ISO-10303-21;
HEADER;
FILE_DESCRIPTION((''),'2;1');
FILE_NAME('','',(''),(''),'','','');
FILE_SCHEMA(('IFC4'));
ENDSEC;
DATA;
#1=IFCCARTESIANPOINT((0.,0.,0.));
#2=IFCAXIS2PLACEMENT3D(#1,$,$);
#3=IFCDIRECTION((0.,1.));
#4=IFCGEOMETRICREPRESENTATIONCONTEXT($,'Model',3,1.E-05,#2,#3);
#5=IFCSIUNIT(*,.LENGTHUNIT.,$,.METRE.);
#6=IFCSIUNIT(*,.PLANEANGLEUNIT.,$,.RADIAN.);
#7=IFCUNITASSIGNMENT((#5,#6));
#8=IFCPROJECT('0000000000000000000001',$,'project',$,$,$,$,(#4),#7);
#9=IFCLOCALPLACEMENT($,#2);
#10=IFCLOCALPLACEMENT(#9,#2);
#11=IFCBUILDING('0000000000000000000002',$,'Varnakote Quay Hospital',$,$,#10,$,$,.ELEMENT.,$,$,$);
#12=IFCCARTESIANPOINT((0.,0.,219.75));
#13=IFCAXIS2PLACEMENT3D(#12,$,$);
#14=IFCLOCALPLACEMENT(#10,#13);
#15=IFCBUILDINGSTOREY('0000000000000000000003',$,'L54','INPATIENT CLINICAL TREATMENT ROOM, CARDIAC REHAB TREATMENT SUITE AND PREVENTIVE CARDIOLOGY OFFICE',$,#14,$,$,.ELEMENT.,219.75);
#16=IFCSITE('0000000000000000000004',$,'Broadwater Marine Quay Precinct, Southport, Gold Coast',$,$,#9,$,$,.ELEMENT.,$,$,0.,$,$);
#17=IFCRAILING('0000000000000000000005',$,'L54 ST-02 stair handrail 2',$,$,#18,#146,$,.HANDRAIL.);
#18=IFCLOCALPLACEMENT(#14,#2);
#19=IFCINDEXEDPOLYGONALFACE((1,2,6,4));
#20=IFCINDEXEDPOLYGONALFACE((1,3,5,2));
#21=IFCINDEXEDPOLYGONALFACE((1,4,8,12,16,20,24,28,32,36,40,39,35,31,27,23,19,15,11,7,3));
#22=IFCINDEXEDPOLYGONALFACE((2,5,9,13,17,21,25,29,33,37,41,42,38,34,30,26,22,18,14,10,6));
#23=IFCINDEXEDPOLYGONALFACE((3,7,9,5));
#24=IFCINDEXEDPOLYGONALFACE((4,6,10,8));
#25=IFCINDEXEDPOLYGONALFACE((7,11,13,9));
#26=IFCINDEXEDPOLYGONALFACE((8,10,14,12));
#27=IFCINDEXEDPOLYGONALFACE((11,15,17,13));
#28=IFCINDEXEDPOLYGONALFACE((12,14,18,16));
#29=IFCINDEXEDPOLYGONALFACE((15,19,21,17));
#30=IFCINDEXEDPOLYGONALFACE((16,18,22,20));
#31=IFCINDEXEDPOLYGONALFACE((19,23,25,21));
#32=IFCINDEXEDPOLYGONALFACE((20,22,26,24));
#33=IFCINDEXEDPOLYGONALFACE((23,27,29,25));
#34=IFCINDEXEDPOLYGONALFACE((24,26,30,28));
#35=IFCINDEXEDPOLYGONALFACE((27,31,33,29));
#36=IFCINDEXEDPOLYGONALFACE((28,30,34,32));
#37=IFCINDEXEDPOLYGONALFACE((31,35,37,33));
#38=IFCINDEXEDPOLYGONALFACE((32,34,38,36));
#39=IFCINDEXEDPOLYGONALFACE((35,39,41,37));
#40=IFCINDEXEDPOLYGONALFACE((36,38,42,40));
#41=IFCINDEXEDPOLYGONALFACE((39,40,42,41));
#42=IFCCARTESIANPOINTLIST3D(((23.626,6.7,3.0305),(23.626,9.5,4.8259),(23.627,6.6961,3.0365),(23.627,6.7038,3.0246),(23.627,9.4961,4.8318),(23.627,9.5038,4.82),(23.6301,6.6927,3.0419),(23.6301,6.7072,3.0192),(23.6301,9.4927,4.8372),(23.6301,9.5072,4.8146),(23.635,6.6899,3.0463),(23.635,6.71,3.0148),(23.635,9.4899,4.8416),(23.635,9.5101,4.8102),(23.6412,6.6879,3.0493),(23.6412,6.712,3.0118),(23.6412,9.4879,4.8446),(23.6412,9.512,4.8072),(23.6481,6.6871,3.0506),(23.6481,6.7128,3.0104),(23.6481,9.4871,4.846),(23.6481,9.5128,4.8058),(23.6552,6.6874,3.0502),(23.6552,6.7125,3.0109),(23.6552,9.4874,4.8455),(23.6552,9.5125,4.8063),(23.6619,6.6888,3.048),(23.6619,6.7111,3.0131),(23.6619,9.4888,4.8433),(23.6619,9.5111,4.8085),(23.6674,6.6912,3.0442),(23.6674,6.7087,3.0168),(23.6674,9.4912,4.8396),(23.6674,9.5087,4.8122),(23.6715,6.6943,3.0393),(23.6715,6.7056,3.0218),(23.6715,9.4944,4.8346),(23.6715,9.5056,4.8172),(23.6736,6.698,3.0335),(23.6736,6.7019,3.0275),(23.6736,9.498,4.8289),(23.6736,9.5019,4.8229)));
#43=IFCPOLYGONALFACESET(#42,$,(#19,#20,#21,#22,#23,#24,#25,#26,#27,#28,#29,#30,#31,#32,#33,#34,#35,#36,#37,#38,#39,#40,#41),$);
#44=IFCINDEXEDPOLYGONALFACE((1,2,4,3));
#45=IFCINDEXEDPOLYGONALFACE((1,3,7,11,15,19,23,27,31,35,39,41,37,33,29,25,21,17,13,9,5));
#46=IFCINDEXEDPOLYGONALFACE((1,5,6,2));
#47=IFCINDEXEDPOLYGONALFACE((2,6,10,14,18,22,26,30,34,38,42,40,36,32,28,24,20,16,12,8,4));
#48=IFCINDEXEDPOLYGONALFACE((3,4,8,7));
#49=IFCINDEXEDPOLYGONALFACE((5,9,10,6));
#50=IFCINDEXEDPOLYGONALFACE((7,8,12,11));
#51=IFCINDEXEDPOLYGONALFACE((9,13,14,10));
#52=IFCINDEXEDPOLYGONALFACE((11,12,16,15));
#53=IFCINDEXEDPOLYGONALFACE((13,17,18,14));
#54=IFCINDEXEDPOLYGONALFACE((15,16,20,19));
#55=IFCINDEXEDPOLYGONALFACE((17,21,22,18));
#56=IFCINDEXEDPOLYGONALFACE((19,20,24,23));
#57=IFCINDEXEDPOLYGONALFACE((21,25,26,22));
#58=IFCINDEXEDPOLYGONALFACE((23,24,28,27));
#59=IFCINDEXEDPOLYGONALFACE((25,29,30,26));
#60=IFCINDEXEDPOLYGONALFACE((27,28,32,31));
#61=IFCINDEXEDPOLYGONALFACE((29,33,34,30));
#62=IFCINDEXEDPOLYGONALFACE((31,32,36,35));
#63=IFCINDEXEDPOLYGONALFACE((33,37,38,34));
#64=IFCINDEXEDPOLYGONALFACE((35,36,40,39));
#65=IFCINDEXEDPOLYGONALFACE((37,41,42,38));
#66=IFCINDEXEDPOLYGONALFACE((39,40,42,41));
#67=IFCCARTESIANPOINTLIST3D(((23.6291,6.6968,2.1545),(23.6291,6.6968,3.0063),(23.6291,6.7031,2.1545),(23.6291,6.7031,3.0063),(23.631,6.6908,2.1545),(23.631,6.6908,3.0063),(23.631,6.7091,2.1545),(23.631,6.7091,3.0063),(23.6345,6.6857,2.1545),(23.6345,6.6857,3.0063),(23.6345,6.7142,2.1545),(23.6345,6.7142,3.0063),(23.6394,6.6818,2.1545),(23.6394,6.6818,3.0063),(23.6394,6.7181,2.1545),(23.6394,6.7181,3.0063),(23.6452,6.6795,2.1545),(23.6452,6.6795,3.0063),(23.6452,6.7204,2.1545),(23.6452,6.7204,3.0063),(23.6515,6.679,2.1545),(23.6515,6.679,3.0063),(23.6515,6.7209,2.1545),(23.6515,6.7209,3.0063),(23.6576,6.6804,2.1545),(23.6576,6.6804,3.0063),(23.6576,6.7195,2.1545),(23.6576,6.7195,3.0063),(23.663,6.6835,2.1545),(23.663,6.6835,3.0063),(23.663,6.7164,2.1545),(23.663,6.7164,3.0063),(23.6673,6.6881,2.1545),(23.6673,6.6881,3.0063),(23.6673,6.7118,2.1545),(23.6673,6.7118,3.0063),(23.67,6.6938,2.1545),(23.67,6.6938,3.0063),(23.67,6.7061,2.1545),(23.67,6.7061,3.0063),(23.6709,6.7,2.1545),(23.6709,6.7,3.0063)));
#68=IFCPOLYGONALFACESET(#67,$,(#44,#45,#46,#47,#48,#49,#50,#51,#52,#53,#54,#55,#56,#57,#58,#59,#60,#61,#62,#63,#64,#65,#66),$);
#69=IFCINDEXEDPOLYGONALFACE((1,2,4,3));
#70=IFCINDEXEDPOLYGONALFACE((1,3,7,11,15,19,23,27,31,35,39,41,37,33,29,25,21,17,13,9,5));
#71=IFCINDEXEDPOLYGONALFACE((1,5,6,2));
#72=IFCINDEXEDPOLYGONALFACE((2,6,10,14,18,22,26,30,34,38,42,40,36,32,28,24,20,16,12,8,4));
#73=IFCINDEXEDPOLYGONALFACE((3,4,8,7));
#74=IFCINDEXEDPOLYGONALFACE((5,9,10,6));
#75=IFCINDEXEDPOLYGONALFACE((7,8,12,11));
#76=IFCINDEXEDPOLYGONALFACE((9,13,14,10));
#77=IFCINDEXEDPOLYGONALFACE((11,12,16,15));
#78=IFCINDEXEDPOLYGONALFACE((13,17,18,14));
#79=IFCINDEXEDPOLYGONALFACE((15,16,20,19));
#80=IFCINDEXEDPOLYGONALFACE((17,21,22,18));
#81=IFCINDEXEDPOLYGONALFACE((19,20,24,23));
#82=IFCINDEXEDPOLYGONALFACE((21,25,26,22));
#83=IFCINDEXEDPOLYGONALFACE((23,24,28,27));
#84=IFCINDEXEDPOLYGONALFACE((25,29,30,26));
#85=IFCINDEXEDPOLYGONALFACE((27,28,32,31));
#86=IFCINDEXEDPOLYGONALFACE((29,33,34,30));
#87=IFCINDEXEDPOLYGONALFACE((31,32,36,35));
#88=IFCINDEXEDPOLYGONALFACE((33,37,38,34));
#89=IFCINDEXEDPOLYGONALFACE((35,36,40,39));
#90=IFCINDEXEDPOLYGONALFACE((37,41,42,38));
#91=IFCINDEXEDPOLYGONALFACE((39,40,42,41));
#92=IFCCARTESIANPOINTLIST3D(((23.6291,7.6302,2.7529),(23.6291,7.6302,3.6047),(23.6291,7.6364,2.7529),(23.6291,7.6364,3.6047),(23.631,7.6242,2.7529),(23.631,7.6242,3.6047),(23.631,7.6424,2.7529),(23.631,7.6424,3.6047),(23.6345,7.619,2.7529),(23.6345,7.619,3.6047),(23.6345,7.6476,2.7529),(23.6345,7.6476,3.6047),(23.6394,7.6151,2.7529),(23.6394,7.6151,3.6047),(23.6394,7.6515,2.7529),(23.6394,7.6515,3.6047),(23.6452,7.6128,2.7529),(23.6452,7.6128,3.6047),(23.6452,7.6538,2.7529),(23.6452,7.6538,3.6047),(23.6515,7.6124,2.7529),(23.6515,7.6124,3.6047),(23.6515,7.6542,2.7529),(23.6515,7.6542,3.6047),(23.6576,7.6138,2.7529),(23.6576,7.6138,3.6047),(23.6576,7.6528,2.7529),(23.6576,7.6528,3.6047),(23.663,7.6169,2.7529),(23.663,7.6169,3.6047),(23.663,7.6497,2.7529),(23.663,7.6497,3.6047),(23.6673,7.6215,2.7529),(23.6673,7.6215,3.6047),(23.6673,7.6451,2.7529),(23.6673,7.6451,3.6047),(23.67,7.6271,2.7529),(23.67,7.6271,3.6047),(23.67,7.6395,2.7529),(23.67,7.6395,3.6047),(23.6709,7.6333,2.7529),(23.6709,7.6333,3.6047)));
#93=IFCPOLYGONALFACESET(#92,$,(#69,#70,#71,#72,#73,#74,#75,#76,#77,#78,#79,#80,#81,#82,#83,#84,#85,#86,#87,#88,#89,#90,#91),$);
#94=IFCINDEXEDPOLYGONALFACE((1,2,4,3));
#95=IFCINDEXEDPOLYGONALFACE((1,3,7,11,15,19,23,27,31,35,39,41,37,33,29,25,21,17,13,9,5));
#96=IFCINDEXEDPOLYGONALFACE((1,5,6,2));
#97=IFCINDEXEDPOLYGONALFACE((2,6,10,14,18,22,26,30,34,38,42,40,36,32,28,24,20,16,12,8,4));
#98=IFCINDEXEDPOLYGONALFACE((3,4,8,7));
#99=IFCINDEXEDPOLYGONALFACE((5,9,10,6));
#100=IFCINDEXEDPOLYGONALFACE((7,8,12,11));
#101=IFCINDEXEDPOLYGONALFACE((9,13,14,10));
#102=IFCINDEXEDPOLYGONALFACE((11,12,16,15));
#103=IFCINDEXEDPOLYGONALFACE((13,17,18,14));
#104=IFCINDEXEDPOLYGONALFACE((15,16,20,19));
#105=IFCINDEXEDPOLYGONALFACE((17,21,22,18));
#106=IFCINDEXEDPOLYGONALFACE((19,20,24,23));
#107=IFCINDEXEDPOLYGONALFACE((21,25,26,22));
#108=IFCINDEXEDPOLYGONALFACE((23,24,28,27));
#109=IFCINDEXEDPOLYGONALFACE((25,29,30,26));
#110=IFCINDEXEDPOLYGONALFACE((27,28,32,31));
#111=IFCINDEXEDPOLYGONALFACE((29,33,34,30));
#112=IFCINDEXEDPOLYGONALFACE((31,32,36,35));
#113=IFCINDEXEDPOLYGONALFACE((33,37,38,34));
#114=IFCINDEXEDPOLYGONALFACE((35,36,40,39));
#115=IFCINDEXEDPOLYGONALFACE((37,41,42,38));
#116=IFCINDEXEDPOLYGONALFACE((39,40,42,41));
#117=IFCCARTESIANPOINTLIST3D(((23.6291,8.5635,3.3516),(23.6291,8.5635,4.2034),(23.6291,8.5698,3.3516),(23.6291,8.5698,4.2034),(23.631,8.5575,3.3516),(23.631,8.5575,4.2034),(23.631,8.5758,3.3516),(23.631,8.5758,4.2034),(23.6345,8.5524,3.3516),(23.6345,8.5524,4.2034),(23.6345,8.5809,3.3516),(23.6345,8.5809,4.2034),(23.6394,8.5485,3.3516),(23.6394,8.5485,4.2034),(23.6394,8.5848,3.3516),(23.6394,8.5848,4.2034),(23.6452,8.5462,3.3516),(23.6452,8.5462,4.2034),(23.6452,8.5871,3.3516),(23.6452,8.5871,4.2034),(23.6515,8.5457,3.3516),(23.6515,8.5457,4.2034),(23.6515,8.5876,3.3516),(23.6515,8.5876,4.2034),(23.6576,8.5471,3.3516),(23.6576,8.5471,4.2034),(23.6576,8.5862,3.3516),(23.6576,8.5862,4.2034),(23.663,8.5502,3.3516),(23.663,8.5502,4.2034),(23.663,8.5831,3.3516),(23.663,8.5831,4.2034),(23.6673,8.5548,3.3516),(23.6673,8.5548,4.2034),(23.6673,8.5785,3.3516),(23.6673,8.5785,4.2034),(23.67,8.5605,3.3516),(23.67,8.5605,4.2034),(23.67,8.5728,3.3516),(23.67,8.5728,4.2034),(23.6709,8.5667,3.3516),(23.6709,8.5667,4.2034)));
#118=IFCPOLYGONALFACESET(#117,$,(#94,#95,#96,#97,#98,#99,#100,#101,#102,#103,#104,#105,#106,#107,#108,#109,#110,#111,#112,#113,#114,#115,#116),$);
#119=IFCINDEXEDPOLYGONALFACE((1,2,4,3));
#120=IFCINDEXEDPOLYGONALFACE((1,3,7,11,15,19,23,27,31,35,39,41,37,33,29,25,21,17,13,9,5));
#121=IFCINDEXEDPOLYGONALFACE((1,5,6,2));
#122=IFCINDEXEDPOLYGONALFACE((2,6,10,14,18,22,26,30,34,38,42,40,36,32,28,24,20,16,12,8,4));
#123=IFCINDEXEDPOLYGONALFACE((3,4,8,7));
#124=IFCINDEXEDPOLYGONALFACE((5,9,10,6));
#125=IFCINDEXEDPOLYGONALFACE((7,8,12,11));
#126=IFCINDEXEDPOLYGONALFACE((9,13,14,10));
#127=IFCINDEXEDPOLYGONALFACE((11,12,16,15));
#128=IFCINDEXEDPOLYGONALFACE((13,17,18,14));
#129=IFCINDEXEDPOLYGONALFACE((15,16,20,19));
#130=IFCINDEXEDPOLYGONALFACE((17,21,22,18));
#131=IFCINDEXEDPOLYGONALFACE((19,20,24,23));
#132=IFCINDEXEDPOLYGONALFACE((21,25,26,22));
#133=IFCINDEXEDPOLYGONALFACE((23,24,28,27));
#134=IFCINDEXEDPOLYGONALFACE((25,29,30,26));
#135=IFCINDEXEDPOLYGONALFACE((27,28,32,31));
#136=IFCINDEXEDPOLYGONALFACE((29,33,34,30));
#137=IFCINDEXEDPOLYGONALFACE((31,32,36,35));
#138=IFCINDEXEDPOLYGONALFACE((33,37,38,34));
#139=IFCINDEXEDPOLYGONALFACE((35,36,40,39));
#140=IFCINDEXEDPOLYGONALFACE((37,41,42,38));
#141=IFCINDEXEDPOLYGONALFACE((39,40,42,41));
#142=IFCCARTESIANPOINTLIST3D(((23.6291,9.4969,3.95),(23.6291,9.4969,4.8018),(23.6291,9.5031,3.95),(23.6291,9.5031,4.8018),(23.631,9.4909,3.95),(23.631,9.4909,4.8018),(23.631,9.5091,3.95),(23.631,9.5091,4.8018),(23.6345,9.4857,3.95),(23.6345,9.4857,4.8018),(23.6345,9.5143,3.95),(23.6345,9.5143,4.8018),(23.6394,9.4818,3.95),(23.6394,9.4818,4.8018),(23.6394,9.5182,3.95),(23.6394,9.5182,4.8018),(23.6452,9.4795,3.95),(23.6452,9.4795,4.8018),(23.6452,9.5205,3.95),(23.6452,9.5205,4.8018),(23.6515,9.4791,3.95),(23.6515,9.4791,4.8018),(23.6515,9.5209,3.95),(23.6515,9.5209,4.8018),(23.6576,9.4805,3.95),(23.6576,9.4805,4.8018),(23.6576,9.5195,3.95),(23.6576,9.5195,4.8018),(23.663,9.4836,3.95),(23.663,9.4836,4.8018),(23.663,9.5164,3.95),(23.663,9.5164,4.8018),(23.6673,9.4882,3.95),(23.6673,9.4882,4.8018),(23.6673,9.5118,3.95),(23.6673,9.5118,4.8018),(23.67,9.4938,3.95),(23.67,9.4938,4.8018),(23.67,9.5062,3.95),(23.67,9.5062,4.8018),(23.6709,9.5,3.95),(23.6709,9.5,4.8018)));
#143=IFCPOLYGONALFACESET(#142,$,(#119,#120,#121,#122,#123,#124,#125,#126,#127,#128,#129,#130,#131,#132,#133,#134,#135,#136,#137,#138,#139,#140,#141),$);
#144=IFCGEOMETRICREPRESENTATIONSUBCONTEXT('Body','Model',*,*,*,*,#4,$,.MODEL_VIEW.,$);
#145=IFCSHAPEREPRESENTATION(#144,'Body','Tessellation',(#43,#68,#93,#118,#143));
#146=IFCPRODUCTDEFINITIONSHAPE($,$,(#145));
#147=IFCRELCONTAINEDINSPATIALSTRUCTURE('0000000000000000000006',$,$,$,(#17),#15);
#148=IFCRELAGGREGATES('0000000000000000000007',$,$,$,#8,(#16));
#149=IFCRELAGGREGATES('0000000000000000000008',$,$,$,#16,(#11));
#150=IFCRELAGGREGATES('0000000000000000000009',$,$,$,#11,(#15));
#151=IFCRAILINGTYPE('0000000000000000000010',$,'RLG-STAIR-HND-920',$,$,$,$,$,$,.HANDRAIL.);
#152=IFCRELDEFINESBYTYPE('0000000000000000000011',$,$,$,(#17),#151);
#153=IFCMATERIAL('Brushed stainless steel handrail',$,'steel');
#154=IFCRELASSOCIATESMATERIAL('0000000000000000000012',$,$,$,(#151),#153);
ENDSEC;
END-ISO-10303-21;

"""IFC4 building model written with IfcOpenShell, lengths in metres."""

from ifc_helpers import new_model, si_unit, direction, frame, origin, origin_2d, place, context, subcontext, project, spatial, circle, extrude, material, type_object, element, save


model = new_model("IFC4")

# Units and contexts
model_context = context("Model", 3, precision=1e-05, world=origin(), true_north=direction((0.0, 1.0)))
body_context = subcontext(model_context, "Body", "Model", "MODEL_VIEW")
ifc_project = project(units=[si_unit("LENGTHUNIT", "METRE"), si_unit("PLANEANGLEUNIT", "RADIAN")], contexts=[model_context])

# Site, building, storey
site_placement = place(None, origin())
site = spatial("IfcSite", under=ifc_project, at=site_placement, Name="Broadwater Marine Quay Precinct, Southport, Gold Coast", CompositionType="ELEMENT", RefElevation=0.0)
building_placement = place(site_placement, origin())
building = spatial("IfcBuilding", under=site, at=building_placement, Name="Varnakote Quay Hospital", CompositionType="ELEMENT")
storey_placement = place(building_placement, frame((0.0, 0.0, 219.75)))
storey = spatial("IfcBuildingStorey", under=building, at=storey_placement, Name="L54", Description="INPATIENT CLINICAL TREATMENT ROOM, CARDIAC REHAB TREATMENT SUITE AND PREVENTIVE CARDIOLOGY OFFICE", CompositionType="ELEMENT", Elevation=219.75)

# Railing
ifc_material_1 = material(Name="Brushed stainless steel handrail", Category="steel")
railing_type_1 = type_object("IfcRailingType", Name="RLG-STAIR-HND-920", PredefinedType="HANDRAIL", material=ifc_material_1)
railing_1_placement = place(storey_placement, frame((23.6499, 6.7, 2.1545)))
element("IfcRailing", 1, at=railing_1_placement, inside=storey, type_object=railing_type_1, Name="L54 ST-02 stair handrail 2", PredefinedType="HANDRAIL", context=body_context, shape_type="SweptSolid", body=[
    extrude(circle(Radius=0.0239, at=origin_2d()), frame((0.0, 0.0, 0.876), z_axis=(0.0, 0.84181, 0.539774), x_axis=(-1.0, 0.0, 0.0)), (0.0, 0.0, 1.0), 3.3262),
    extrude(circle(Radius=0.021, at=origin_2d()), origin(), (0.0, 0.0, 1.0), 0.8518),
    extrude(circle(Radius=0.021, at=origin_2d()), frame((0.0, 0.9333, 0.5984)), (0.0, 0.0, 1.0), 0.8518),
    extrude(circle(Radius=0.021, at=origin_2d()), frame((0.0, 1.8667, 1.197)), (0.0, 0.0, 1.0), 0.8518),
    extrude(circle(Radius=0.021, at=origin_2d()), frame((0.0, 2.8, 1.7954)), (0.0, 0.0, 1.0), 0.8518),
])

save(model, "model.ifc")
